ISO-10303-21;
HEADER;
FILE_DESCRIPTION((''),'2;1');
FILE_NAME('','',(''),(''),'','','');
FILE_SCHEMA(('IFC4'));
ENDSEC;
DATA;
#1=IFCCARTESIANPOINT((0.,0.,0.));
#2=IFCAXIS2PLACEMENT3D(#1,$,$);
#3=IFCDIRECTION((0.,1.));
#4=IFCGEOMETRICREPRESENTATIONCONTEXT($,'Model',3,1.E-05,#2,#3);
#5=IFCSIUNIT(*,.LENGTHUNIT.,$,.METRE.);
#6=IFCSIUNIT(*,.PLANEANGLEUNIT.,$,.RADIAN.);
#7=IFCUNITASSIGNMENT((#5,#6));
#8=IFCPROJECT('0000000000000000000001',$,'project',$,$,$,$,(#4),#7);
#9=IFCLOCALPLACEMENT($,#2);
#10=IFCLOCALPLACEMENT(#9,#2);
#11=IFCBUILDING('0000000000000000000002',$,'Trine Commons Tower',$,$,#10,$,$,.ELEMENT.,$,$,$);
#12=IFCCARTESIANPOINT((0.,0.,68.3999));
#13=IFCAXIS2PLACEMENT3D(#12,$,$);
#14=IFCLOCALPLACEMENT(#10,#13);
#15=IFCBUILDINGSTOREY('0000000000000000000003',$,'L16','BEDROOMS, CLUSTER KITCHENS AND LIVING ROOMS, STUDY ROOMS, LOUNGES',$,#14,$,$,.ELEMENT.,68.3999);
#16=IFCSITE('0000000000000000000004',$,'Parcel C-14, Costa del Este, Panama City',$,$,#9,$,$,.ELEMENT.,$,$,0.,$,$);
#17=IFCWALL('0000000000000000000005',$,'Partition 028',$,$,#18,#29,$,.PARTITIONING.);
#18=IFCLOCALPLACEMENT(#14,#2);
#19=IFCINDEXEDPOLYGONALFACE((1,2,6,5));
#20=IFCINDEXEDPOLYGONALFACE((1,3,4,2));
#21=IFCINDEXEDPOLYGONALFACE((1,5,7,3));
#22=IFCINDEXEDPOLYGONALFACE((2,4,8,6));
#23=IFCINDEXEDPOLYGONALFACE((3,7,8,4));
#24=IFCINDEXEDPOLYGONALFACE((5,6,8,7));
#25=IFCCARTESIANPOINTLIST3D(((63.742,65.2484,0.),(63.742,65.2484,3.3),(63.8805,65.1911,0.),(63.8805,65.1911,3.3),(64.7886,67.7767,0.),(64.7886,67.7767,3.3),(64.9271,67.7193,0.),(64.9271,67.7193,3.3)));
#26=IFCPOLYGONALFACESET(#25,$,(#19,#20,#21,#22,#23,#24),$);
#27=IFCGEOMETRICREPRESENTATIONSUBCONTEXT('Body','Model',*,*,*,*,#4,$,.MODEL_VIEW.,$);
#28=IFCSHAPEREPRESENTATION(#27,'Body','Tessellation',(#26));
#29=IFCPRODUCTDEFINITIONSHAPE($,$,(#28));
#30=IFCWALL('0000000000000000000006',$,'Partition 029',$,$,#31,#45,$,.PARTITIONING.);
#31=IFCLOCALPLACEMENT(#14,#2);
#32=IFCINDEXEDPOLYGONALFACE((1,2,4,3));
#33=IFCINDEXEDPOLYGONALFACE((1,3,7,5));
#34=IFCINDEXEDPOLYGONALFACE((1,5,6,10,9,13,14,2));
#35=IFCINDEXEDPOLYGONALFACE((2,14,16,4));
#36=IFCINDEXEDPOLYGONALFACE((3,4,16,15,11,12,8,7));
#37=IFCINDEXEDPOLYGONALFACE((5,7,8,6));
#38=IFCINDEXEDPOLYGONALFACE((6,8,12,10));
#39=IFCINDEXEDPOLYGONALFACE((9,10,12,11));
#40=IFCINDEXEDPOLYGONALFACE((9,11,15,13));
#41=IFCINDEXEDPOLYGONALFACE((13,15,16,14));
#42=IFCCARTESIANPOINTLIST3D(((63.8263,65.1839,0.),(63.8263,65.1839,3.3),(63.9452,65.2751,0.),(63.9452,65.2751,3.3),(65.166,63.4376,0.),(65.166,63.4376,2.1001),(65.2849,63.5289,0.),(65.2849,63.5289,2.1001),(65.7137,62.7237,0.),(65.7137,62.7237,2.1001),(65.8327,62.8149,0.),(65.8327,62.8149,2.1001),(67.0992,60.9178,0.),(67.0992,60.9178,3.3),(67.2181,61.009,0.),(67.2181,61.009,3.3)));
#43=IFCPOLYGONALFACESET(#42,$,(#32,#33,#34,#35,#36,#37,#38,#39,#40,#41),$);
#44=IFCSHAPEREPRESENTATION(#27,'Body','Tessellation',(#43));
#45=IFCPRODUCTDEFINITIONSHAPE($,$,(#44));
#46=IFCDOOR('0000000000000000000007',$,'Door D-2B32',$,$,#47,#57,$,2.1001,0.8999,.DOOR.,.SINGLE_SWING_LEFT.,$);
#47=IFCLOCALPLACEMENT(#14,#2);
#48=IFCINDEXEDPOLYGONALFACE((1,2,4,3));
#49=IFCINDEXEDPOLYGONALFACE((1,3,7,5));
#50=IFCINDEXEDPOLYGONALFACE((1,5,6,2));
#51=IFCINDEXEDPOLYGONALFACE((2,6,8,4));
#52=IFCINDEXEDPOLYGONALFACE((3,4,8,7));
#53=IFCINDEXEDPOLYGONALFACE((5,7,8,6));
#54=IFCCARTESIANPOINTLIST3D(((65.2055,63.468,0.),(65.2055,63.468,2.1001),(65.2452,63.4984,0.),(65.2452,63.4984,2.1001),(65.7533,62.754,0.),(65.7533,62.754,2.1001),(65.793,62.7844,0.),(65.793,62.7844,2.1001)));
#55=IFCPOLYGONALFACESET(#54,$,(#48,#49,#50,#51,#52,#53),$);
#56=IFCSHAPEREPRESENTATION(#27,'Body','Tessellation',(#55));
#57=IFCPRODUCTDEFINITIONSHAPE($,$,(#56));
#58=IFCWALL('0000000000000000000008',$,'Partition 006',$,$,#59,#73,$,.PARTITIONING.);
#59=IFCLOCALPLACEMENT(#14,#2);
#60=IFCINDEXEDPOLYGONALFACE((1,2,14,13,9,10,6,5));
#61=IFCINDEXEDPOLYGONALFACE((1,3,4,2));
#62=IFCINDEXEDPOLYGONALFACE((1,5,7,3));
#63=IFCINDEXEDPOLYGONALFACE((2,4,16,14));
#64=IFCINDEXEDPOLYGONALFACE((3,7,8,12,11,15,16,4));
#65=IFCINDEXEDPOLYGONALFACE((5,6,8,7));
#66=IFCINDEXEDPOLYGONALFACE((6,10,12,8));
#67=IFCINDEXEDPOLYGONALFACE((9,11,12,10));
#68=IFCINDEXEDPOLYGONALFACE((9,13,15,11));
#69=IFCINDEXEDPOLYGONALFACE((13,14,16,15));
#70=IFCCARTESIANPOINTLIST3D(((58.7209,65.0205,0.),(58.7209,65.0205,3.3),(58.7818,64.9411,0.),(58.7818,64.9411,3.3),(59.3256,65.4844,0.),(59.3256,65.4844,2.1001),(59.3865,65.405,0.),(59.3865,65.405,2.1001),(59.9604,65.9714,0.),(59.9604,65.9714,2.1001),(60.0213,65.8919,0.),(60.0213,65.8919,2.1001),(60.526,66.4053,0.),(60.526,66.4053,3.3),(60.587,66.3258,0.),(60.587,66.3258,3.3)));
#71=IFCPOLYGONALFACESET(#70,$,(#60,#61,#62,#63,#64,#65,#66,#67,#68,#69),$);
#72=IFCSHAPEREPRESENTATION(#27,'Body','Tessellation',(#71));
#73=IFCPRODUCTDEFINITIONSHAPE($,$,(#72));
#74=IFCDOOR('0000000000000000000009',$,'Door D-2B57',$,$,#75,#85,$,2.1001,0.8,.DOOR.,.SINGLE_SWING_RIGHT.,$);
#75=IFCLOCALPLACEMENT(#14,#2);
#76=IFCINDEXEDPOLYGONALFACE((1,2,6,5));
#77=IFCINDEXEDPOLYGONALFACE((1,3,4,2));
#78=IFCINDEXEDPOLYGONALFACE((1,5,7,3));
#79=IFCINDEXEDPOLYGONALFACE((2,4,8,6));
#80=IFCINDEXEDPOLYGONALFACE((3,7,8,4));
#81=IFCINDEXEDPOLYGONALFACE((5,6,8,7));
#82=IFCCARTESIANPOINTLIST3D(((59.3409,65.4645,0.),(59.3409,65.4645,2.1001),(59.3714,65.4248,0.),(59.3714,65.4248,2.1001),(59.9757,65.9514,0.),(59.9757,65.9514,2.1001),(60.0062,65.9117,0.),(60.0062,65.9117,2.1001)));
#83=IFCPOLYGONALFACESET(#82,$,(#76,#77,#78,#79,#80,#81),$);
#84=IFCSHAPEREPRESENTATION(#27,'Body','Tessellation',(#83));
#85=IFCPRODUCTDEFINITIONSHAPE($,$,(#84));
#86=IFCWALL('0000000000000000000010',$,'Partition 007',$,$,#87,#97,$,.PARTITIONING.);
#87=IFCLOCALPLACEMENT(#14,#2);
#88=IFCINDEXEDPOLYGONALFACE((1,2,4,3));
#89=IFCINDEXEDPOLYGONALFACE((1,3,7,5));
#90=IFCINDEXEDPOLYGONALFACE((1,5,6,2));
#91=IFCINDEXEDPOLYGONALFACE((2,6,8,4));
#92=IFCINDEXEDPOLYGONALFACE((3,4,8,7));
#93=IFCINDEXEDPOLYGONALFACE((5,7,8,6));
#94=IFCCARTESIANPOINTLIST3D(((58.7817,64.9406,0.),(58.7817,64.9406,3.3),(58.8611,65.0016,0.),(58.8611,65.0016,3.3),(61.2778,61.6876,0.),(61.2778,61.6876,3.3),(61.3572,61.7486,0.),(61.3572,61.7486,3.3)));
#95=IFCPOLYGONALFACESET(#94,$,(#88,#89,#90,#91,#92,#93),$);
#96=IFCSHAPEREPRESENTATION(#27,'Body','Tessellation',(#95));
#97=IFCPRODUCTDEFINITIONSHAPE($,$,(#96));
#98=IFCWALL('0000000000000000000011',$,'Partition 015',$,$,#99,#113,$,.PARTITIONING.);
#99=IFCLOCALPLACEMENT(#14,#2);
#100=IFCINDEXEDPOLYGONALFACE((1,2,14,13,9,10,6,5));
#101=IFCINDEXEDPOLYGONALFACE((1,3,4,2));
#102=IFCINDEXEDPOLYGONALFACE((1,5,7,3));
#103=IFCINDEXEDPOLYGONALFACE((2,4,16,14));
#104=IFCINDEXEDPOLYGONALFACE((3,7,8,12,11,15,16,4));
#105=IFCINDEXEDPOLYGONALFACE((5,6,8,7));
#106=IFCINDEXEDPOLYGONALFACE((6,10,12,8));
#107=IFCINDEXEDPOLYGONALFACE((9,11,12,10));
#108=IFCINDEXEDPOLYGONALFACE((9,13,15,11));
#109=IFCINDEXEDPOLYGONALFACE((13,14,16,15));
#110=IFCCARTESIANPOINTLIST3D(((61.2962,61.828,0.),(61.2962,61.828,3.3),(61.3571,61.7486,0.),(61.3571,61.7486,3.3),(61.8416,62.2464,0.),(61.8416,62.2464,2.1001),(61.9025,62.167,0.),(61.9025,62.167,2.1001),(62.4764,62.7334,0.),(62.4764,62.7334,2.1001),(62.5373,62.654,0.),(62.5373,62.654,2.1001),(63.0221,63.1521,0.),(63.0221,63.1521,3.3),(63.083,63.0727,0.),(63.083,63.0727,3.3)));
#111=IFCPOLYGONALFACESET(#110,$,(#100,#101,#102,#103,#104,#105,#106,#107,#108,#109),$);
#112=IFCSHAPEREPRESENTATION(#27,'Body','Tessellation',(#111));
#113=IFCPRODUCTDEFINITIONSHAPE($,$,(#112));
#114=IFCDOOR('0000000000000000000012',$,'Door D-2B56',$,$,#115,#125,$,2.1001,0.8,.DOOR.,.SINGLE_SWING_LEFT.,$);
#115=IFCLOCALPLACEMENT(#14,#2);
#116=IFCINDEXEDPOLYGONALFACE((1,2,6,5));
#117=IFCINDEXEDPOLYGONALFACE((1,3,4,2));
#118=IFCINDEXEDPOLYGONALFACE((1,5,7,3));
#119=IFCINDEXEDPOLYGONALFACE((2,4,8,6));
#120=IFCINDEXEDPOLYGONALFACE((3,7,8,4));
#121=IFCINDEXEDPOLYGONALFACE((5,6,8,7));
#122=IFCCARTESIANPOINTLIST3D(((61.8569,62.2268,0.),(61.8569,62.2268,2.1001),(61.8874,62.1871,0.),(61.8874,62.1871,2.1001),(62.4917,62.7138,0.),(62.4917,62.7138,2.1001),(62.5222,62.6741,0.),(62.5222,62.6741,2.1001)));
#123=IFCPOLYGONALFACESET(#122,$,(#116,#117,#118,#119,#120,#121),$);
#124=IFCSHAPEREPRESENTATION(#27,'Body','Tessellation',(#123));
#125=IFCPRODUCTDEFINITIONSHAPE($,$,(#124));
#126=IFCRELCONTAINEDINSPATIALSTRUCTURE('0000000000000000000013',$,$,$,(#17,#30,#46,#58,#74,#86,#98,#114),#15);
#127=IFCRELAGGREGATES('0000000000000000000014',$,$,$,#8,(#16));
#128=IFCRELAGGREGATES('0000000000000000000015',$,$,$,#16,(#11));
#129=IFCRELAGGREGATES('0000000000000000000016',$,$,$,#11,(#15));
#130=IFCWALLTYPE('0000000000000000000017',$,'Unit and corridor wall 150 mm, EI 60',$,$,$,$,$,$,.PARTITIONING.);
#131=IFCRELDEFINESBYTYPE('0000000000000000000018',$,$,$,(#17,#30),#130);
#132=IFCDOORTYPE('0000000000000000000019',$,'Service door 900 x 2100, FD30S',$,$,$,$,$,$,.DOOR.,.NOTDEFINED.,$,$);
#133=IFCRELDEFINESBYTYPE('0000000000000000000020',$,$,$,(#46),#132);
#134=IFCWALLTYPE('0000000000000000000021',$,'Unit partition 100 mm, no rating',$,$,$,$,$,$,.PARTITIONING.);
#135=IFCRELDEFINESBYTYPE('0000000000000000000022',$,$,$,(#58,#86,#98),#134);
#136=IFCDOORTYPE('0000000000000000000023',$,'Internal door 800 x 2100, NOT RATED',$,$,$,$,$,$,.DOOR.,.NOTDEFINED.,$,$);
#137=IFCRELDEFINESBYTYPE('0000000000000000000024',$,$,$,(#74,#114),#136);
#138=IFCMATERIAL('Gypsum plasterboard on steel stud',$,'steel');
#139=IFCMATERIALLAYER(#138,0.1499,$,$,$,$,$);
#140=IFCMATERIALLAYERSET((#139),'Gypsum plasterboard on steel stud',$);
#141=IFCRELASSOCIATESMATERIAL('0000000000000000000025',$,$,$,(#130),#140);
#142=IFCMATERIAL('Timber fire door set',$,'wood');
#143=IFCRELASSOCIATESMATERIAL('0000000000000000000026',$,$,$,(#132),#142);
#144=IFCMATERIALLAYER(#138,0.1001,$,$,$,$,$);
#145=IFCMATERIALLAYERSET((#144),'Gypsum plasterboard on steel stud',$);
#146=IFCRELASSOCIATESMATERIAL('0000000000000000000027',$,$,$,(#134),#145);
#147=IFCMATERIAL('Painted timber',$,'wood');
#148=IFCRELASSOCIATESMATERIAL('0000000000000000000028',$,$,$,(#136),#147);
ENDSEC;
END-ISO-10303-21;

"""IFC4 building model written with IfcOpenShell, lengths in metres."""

from ifc_helpers import new_model, si_unit, direction, frame, frame_2d, origin, place, context, subcontext, project, spatial, rectangle, extrude, material, layer, layer_set, type_object, element, fill, save


model = new_model("IFC4")

# Units and contexts
model_context = context("Model", 3, precision=1e-05, world=origin(), true_north=direction((0.0, 1.0)))
body_context = subcontext(model_context, "Body", "Model", "MODEL_VIEW")
ifc_project = project(units=[si_unit("LENGTHUNIT", "METRE"), si_unit("PLANEANGLEUNIT", "RADIAN")], contexts=[model_context])

# Site, building, storey
site_placement = place(None, origin())
site = spatial("IfcSite", under=ifc_project, at=site_placement, Name="Parcel C-14, Costa del Este, Panama City", CompositionType="ELEMENT", RefElevation=0.0)
building_placement = place(site_placement, origin())
building = spatial("IfcBuilding", under=site, at=building_placement, Name="Trine Commons Tower", CompositionType="ELEMENT")
storey_placement = place(building_placement, frame((0.0, 0.0, 68.3999)))
storey = spatial("IfcBuildingStorey", under=building, at=storey_placement, Name="L16", Description="BEDROOMS, CLUSTER KITCHENS AND LIVING ROOMS, STUDY ROOMS, LOUNGES", CompositionType="ELEMENT", Elevation=68.3999)

# Shared definitions
ifc_material_1 = material(Name="Gypsum plasterboard on steel stud", Category="steel")
ifc_layer_1 = layer(ifc_material_1, 0.1499)
ifc_layer_set_1 = layer_set([ifc_layer_1], Name="Gypsum plasterboard on steel stud")
wall_type_1 = type_object("IfcWallType", Name="Unit and corridor wall 150 mm, EI 60", PredefinedType="PARTITIONING", material=ifc_layer_set_1)

# Shared definitions
ifc_material_2 = material(Name="Painted timber", Category="wood")
ifc_material_3 = material(Name="Timber fire door set", Category="wood")

# Wall
wall_1_placement = place(storey_placement, frame((63.8113, 65.2197, 0.0), z_axis=(0.0, 0.0, 1.0), x_axis=(0.382486, 0.923961, 0.0)))
element("IfcWall", 1, at=wall_1_placement, inside=storey, type_object=wall_type_1, Name="Partition 028", PredefinedType="PARTITIONING", context=body_context, shape_type="SweptSolid", body=[
    extrude(rectangle(XDim=2.7363, YDim=0.1499, at=frame_2d((1.3682, 0.0))), origin(), (0.0, 0.0, 1.0), 3.3),
])

# Walls, openings, doors
wall_2_placement = place(storey_placement, frame((63.8857, 65.2295, 0.0), z_axis=(0.0, 0.0, 1.0), x_axis=(0.608697, -0.793403, 0.0)))
wall_2 = element("IfcWall", 2, at=wall_2_placement, inside=storey, type_object=wall_type_1, Name="Partition 029", PredefinedType="PARTITIONING", context=body_context, shape_type="SweptSolid", body=[
    extrude(rectangle(XDim=5.377, YDim=0.1499, at=frame_2d((2.6885, 0.0))), origin(), (0.0, 0.0, 1.0), 3.3),
])
opening_1_placement = place(wall_2_placement, frame((2.2009, 0.0, 0.0)))
opening_1 = element("IfcOpeningElement", 3, at=opening_1_placement, cuts=wall_2, PredefinedType="OPENING", context=body_context, shape_type="SweptSolid", body=[
    extrude(rectangle(XDim=0.8999, YDim=2.1001, at=frame_2d((0.45, 1.05))), frame((0.0, 0.085, 0.0), z_axis=(0.0, -1.0, 0.0), x_axis=(1.0, 0.0, 0.0)), (0.0, 0.0, 1.0), 0.1699),
])
door_type_1 = type_object("IfcDoorType", Name="Service door 900 x 2100, FD30S", OperationType="NOTDEFINED", PredefinedType="DOOR", material=ifc_material_3)
door_1_placement = place(opening_1_placement, origin())
door_1 = element("IfcDoor", 4, at=door_1_placement, inside=storey, type_object=door_type_1, Name="Door D-2B32", OperationType="SINGLE_SWING_LEFT", OverallHeight=2.1001, OverallWidth=0.8999, PredefinedType="DOOR", context=body_context, shape_type="SweptSolid", body=[
    extrude(rectangle(XDim=0.8999, YDim=2.1001, at=frame_2d((0.45, 1.05))), frame((0.0, 0.0249, 0.0), z_axis=(0.0, -1.0, 0.0), x_axis=(1.0, 0.0, 0.0)), (0.0, 0.0, 1.0), 0.05),
])
fill(opening_1, door_1)
ifc_layer_2 = layer(ifc_material_1, 0.1001)
ifc_layer_set_2 = layer_set([ifc_layer_2], Name="Gypsum plasterboard on steel stud")
wall_type_2 = type_object("IfcWallType", Name="Unit partition 100 mm, no rating", PredefinedType="PARTITIONING", material=ifc_layer_set_2)
wall_3_placement = place(storey_placement, frame((58.7512, 64.9807, 0.0), z_axis=(0.0, 0.0, 1.0), x_axis=(0.793437, 0.608652, 0.0)))
wall_3 = element("IfcWall", 5, at=wall_3_placement, inside=storey, type_object=wall_type_2, Name="Partition 006", PredefinedType="PARTITIONING", context=body_context, shape_type="SweptSolid", body=[
    extrude(rectangle(XDim=2.2751, YDim=0.1001, at=frame_2d((1.1377, 0.0))), origin(), (0.0, 0.0, 1.0), 3.3),
])
opening_2_placement = place(wall_3_placement, frame((0.7625, 0.0, 0.0)))
opening_2 = element("IfcOpeningElement", 6, at=opening_2_placement, cuts=wall_3, PredefinedType="OPENING", context=body_context, shape_type="SweptSolid", body=[
    extrude(rectangle(XDim=0.8, YDim=2.1001, at=frame_2d((0.3999, 1.05))), frame((0.0, 0.0601, 0.0), z_axis=(0.0, -1.0, 0.0), x_axis=(1.0, 0.0, 0.0)), (0.0, 0.0, 1.0), 0.1201),
])
door_type_2 = type_object("IfcDoorType", Name="Internal door 800 x 2100, NOT RATED", OperationType="NOTDEFINED", PredefinedType="DOOR", material=ifc_material_2)
door_2_placement = place(opening_2_placement, origin())
door_2 = element("IfcDoor", 7, at=door_2_placement, inside=storey, type_object=door_type_2, Name="Door D-2B57", OperationType="SINGLE_SWING_RIGHT", OverallHeight=2.1001, OverallWidth=0.8, PredefinedType="DOOR", context=body_context, shape_type="SweptSolid", body=[
    extrude(rectangle(XDim=0.8, YDim=2.1001, at=frame_2d((0.3999, 1.05))), frame((0.0, 0.0249, 0.0), z_axis=(0.0, -1.0, 0.0), x_axis=(1.0, 0.0, 0.0)), (0.0, 0.0, 1.0), 0.05),
])
fill(opening_2, door_2)

# Wall
wall_4_placement = place(storey_placement, frame((58.8213, 64.9712, 0.0), z_axis=(0.0, 0.0, 1.0), x_axis=(0.608766, -0.793349, 0.0)))
element("IfcWall", 8, at=wall_4_placement, inside=storey, type_object=wall_type_2, Name="Partition 007", PredefinedType="PARTITIONING", context=body_context, shape_type="SweptSolid", body=[
    extrude(rectangle(XDim=4.1003, YDim=0.1001, at=frame_2d((2.0503, 0.0))), origin(), (0.0, 0.0, 1.0), 3.3),
])

# Wall, opening, door
wall_5_placement = place(storey_placement, frame((61.3267, 61.7883, 0.0), z_axis=(0.0, 0.0, 1.0), x_axis=(0.79342, 0.608674, 0.0)))
wall_5 = element("IfcWall", 9, at=wall_5_placement, inside=storey, type_object=wall_type_2, Name="Partition 015", PredefinedType="PARTITIONING", context=body_context, shape_type="SweptSolid", body=[
    extrude(rectangle(XDim=2.1753, YDim=0.1001, at=frame_2d((1.0876, 0.0))), origin(), (0.0, 0.0, 1.0), 3.3),
])
opening_3_placement = place(wall_5_placement, frame((0.6875, 0.0, 0.0)))
opening_3 = element("IfcOpeningElement", 10, at=opening_3_placement, cuts=wall_5, PredefinedType="OPENING", context=body_context, shape_type="SweptSolid", body=[
    extrude(rectangle(XDim=0.8, YDim=2.1001, at=frame_2d((0.3999, 1.05))), frame((0.0, 0.0601, 0.0), z_axis=(0.0, -1.0, 0.0), x_axis=(1.0, 0.0, 0.0)), (0.0, 0.0, 1.0), 0.1201),
])
door_3_placement = place(opening_3_placement, frame((0.8, 0.0, 0.0), z_axis=(0.0, 0.0, 1.0), x_axis=(-1.0, 0.0, 0.0)))
door_3 = element("IfcDoor", 11, at=door_3_placement, inside=storey, type_object=door_type_2, Name="Door D-2B56", OperationType="SINGLE_SWING_LEFT", OverallHeight=2.1001, OverallWidth=0.8, PredefinedType="DOOR", context=body_context, shape_type="SweptSolid", body=[
    extrude(rectangle(XDim=0.8, YDim=2.1001, at=frame_2d((0.3999, 1.05))), frame((0.0, 0.0249, 0.0), z_axis=(0.0, -1.0, 0.0), x_axis=(1.0, 0.0, 0.0)), (0.0, 0.0, 1.0), 0.05),
])
fill(opening_3, door_3)

save(model, "model.ifc")
